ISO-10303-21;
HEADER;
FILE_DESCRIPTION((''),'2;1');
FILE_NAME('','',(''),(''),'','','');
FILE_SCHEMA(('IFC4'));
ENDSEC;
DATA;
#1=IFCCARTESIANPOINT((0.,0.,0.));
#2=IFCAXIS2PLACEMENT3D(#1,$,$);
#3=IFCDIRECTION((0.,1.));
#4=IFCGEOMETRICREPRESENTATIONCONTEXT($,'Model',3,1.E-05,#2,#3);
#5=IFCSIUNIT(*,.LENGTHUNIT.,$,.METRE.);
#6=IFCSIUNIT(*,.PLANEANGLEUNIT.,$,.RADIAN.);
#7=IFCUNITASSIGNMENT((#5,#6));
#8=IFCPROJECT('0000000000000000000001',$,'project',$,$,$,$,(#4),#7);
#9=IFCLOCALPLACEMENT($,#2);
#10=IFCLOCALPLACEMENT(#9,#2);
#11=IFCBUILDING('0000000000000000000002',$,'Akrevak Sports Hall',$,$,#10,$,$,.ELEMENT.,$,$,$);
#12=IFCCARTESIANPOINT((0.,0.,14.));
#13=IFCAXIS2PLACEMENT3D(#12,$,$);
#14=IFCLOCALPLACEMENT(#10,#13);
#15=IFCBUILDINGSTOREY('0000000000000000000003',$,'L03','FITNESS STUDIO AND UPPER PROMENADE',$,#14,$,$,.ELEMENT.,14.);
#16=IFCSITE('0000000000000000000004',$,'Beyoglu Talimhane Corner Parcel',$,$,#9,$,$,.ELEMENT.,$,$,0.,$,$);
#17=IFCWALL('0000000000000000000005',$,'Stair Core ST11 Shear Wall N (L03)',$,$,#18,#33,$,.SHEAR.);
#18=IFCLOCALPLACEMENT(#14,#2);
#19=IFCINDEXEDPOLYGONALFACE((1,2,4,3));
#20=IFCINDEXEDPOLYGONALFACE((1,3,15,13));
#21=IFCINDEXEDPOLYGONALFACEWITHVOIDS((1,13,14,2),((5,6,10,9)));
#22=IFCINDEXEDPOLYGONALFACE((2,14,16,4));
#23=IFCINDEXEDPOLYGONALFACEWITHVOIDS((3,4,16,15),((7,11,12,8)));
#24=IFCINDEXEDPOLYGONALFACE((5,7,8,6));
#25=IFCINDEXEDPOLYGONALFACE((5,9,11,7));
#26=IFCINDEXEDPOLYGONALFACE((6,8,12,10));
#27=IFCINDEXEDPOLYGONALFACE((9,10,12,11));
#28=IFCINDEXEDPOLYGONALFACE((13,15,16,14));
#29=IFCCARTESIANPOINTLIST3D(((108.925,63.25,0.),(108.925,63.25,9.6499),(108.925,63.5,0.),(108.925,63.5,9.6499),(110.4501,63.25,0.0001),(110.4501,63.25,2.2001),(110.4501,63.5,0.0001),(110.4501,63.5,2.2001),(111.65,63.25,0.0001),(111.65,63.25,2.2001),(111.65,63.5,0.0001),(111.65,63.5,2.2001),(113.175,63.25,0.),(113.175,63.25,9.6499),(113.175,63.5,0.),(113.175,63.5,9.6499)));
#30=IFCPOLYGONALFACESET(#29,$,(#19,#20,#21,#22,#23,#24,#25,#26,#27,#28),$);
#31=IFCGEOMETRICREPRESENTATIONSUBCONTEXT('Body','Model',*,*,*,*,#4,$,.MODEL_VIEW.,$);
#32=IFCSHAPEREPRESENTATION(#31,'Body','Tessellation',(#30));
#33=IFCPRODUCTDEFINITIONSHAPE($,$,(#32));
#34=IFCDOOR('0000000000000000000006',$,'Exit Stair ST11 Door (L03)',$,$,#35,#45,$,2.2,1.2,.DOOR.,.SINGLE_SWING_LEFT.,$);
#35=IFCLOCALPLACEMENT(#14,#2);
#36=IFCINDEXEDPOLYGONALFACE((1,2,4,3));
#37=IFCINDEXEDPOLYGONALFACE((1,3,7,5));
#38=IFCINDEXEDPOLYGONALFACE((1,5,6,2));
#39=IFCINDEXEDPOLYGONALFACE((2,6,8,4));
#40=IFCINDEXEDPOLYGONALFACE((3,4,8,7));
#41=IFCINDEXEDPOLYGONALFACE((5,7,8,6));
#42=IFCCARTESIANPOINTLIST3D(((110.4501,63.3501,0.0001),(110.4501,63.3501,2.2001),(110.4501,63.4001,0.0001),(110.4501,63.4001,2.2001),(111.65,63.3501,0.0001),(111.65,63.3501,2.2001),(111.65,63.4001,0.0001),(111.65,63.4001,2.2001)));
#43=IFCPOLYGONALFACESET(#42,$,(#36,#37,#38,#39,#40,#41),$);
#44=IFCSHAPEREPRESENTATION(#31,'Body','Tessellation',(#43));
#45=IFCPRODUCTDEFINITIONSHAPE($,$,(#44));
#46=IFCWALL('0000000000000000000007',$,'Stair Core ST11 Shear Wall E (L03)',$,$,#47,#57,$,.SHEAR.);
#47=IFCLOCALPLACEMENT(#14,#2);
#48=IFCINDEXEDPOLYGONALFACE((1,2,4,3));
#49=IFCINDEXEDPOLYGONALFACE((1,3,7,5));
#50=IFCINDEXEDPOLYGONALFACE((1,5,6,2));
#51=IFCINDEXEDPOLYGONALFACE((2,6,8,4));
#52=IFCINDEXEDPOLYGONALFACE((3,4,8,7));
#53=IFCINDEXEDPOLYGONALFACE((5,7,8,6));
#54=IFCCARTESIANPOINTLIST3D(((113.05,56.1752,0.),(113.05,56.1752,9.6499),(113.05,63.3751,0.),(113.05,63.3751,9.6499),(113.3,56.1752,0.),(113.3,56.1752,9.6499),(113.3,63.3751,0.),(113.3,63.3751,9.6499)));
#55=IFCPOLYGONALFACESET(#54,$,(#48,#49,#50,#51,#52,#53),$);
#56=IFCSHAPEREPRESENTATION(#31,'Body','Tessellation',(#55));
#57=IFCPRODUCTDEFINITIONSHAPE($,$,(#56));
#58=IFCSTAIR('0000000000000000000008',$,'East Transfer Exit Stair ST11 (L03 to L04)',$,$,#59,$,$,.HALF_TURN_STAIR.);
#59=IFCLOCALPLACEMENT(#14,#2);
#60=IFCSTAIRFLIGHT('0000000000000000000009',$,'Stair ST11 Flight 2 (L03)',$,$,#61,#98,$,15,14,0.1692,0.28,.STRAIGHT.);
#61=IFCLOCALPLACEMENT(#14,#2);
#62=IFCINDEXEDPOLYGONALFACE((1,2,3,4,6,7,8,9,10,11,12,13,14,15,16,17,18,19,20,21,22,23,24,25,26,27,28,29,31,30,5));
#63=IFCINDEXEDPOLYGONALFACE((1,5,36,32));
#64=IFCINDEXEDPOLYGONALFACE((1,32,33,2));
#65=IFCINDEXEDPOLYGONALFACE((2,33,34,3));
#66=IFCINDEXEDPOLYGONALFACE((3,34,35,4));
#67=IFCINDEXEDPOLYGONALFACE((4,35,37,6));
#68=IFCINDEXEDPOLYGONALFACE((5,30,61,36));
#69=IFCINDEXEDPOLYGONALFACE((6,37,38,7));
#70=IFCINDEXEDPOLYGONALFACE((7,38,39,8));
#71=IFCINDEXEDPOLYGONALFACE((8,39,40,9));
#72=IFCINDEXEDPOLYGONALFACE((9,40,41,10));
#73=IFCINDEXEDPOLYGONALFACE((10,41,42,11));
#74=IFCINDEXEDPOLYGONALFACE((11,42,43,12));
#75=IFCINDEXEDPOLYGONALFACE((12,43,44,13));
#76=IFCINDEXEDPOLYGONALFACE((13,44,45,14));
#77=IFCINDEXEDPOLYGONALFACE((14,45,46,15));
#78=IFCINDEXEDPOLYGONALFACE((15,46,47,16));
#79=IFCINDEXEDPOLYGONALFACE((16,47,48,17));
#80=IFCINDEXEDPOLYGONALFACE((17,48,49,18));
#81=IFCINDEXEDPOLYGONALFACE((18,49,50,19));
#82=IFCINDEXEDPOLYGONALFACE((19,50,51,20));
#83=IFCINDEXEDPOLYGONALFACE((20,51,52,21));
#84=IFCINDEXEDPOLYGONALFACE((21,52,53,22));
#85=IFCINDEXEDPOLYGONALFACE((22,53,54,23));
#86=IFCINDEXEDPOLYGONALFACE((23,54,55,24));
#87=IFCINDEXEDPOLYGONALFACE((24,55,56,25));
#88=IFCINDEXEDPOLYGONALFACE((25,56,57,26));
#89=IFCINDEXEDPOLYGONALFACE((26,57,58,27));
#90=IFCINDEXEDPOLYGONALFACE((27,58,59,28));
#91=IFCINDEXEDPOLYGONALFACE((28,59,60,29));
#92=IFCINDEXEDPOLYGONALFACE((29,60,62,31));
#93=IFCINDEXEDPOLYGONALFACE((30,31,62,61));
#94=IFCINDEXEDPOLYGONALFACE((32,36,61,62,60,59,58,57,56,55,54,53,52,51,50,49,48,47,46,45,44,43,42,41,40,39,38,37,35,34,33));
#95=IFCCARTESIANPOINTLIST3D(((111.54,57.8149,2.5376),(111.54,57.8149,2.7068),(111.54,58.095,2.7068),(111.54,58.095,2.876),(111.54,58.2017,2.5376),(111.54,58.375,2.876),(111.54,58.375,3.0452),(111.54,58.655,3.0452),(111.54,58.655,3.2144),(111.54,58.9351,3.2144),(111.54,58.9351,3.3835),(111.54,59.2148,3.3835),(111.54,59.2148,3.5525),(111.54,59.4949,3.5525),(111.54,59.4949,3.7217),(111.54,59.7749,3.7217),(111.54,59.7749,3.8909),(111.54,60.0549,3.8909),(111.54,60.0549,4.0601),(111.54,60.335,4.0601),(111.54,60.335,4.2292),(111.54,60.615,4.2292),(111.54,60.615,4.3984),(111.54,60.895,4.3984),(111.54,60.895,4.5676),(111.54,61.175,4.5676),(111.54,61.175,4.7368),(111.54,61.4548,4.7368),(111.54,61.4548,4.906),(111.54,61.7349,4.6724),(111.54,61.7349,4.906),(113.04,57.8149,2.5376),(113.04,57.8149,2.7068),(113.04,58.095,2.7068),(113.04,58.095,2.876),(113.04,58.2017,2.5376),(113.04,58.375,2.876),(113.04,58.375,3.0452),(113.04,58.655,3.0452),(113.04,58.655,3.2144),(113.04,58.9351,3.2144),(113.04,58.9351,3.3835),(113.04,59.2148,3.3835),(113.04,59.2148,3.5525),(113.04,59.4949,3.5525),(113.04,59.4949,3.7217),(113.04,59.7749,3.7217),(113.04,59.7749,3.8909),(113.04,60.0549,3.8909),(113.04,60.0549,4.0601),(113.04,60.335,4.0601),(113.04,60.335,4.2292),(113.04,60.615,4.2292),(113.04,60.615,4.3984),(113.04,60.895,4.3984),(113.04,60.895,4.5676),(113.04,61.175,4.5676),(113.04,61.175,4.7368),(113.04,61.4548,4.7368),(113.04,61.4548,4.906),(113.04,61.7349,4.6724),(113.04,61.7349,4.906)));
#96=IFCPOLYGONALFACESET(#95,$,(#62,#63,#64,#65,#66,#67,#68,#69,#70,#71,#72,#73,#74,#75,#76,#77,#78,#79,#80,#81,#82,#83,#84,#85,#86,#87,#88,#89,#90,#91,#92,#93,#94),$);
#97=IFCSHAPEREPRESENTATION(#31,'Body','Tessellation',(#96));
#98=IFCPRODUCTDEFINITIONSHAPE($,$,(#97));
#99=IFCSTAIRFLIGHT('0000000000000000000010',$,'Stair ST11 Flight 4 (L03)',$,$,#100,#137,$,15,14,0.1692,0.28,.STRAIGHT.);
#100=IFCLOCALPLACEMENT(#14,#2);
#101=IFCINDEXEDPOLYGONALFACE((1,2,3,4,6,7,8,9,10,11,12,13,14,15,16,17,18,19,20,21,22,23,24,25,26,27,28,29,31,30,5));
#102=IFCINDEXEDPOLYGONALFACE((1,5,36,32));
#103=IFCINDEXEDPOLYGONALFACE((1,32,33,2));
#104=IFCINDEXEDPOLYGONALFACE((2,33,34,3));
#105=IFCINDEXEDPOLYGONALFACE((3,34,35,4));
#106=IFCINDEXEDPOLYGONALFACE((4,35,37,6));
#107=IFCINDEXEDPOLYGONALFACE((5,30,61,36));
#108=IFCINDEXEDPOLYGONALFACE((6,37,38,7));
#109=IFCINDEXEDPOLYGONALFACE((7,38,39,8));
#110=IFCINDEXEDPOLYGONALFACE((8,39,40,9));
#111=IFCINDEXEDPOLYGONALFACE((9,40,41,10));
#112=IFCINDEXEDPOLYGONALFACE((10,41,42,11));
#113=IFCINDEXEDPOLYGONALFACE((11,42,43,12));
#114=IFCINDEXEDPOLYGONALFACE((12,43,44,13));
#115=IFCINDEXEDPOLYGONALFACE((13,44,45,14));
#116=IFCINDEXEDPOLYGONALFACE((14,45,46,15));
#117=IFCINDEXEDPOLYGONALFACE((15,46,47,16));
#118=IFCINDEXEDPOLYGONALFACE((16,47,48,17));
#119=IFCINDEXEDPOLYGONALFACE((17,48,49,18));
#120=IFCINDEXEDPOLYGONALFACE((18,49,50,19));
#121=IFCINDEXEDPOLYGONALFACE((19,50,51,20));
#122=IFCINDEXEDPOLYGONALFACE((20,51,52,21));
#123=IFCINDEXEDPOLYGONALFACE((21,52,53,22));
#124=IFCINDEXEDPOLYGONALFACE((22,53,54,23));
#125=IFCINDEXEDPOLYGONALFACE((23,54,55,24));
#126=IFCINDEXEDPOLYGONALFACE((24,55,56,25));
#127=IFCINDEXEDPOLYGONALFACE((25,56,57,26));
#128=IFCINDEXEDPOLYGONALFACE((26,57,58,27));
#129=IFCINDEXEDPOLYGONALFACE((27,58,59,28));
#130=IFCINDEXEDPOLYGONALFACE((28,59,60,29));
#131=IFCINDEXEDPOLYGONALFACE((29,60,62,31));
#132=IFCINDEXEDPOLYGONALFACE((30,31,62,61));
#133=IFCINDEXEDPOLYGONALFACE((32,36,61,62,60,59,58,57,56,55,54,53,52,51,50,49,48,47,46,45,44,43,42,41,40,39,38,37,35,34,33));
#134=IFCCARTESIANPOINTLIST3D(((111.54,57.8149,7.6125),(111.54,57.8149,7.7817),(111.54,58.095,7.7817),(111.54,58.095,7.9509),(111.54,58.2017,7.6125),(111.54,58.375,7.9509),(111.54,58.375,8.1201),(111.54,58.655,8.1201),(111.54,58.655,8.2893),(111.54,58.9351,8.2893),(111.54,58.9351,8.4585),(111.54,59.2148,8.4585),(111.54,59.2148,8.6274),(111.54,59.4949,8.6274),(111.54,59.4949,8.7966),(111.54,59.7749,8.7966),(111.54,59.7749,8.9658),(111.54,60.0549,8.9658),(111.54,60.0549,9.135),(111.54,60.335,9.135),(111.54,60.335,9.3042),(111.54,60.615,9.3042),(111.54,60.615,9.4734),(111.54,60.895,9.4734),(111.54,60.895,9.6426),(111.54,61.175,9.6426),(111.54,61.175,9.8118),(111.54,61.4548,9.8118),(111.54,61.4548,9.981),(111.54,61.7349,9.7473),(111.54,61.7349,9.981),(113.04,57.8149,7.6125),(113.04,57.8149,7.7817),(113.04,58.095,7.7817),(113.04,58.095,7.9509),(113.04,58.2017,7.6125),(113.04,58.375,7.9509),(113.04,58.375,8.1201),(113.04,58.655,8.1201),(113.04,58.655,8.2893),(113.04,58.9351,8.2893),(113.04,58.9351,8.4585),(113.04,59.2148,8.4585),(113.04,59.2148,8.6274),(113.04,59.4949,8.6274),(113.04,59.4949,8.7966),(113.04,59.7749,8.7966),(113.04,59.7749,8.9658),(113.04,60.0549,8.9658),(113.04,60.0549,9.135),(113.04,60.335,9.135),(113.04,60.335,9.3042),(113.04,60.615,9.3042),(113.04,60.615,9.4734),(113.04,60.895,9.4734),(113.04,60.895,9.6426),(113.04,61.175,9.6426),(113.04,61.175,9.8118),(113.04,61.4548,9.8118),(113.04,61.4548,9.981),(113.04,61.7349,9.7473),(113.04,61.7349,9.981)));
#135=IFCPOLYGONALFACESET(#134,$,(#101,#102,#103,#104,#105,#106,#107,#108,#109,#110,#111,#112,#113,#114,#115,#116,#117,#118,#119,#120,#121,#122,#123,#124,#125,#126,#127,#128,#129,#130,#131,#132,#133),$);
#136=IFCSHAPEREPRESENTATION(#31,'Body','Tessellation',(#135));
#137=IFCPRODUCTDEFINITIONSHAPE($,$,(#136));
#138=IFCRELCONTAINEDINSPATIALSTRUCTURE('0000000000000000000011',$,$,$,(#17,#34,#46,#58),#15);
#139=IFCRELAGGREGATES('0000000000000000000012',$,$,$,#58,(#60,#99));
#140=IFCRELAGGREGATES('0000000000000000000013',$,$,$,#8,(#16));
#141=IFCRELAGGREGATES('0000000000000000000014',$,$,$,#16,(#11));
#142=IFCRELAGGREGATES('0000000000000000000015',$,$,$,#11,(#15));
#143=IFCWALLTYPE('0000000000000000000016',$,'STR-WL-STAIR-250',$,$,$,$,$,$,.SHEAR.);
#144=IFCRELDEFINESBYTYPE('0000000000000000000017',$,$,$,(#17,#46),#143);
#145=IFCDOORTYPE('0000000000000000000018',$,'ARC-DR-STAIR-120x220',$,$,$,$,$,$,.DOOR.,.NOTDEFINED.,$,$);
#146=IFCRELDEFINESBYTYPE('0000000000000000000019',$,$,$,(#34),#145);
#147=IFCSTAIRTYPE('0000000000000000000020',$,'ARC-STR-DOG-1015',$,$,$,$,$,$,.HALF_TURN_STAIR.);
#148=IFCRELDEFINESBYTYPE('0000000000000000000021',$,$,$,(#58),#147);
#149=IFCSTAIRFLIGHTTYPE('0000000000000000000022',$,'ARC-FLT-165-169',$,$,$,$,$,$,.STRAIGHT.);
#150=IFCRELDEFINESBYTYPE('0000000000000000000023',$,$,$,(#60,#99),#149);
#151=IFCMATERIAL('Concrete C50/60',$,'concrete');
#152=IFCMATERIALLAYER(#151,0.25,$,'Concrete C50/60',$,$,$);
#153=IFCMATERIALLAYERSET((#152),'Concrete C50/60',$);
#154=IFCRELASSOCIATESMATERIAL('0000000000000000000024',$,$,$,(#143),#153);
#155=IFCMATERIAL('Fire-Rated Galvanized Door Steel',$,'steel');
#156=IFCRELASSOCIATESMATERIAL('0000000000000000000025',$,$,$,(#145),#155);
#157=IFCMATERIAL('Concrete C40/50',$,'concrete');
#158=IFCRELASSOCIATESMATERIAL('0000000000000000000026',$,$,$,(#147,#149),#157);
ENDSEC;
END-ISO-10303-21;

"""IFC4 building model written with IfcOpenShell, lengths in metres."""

from ifc_helpers import new_model, si_unit, direction, frame, frame_2d, origin, place, context, subcontext, project, spatial, polyline, rectangle, outline, extrude, material, layer, layer_set, type_object, element, fill, aggregate, save


model = new_model("IFC4")

# Units and contexts
model_context = context("Model", 3, precision=1e-05, world=origin(), true_north=direction((0.0, 1.0)))
body_context = subcontext(model_context, "Body", "Model", "MODEL_VIEW")
ifc_project = project(units=[si_unit("LENGTHUNIT", "METRE"), si_unit("PLANEANGLEUNIT", "RADIAN")], contexts=[model_context])

# Site, building, storey
site_placement = place(None, origin())
site = spatial("IfcSite", under=ifc_project, at=site_placement, Name="Beyoglu Talimhane Corner Parcel", CompositionType="ELEMENT", RefElevation=0.0)
building_placement = place(site_placement, origin())
building = spatial("IfcBuilding", under=site, at=building_placement, Name="Akrevak Sports Hall", CompositionType="ELEMENT")
storey_placement = place(building_placement, frame((0.0, 0.0, 14.0)))
storey = spatial("IfcBuildingStorey", under=building, at=storey_placement, Name="L03", Description="FITNESS STUDIO AND UPPER PROMENADE", CompositionType="ELEMENT", Elevation=14.0)

# Shared definitions
ifc_material_1 = material(Name="Concrete C50/60", Category="concrete")
ifc_material_2 = material(Name="Concrete C40/50", Category="concrete")

# Wall, opening, door
ifc_layer_1 = layer(ifc_material_1, 0.25, Name="Concrete C50/60")
ifc_layer_set_1 = layer_set([ifc_layer_1], Name="Concrete C50/60")
wall_type_1 = type_object("IfcWallType", Name="STR-WL-STAIR-250", PredefinedType="SHEAR", material=ifc_layer_set_1)
wall_1_placement = place(storey_placement, frame((113.175, 63.375, 0.0), z_axis=(0.0, 0.0, 1.0), x_axis=(-1.0, 0.0, 0.0)))
wall_1 = element("IfcWall", 1, at=wall_1_placement, inside=storey, type_object=wall_type_1, Name="Stair Core ST11 Shear Wall N (L03)", PredefinedType="SHEAR", context=body_context, shape_type="SweptSolid", body=[
    extrude(rectangle(XDim=4.25, YDim=0.25, at=frame_2d((2.125, 0.0))), origin(), (0.0, 0.0, 1.0), 9.6499),
])
opening_1_placement = place(wall_1_placement, frame((1.5249, 0.0, 0.0)))
opening_1 = element("IfcOpeningElement", 2, at=opening_1_placement, cuts=wall_1, PredefinedType="OPENING", context=body_context, shape_type="SweptSolid", body=[
    extrude(rectangle(XDim=1.2, YDim=2.2, at=frame_2d((0.6001, 1.1001))), frame((0.0, 0.137, 0.0), z_axis=(0.0, -1.0, 0.0), x_axis=(1.0, 0.0, 0.0)), (0.0, 0.0, 1.0), 0.2739),
])
ifc_material_3 = material(Name="Fire-Rated Galvanized Door Steel", Category="steel")
door_type_1 = type_object("IfcDoorType", Name="ARC-DR-STAIR-120x220", OperationType="NOTDEFINED", PredefinedType="DOOR", material=ifc_material_3)
door_1_placement = place(opening_1_placement, origin())
door_1 = element("IfcDoor", 3, at=door_1_placement, inside=storey, type_object=door_type_1, Name="Exit Stair ST11 Door (L03)", OperationType="SINGLE_SWING_LEFT", OverallHeight=2.2, OverallWidth=1.2, PredefinedType="DOOR", context=body_context, shape_type="SweptSolid", body=[
    extrude(rectangle(XDim=1.2, YDim=2.2, at=frame_2d((0.6001, 1.1001))), frame((0.0, 0.0249, 0.0), z_axis=(0.0, -1.0, 0.0), x_axis=(1.0, 0.0, 0.0)), (0.0, 0.0, 1.0), 0.05),
])
fill(opening_1, door_1)

# Wall
wall_2_placement = place(storey_placement, frame((113.175, 56.175, 0.0), z_axis=(0.0, 0.0, 1.0), x_axis=(0.0, 1.0, 0.0)))
element("IfcWall", 4, at=wall_2_placement, inside=storey, type_object=wall_type_1, Name="Stair Core ST11 Shear Wall E (L03)", PredefinedType="SHEAR", context=body_context, shape_type="SweptSolid", body=[
    extrude(rectangle(XDim=7.2, YDim=0.25, at=frame_2d((3.6001, 0.0))), origin(), (0.0, 0.0, 1.0), 9.6499),
])

# Stair, stair flights
stair_type = type_object("IfcStairType", Name="ARC-STR-DOG-1015", PredefinedType="HALF_TURN_STAIR", material=ifc_material_2)
stair_placement = place(storey_placement, origin())
stair = element("IfcStair", 5, at=stair_placement, inside=storey, type_object=stair_type, Name="East Transfer Exit Stair ST11 (L03 to L04)", PredefinedType="HALF_TURN_STAIR")
stair_flight_type = type_object("IfcStairFlightType", Name="ARC-FLT-165-169", PredefinedType="STRAIGHT", material=ifc_material_2)
stair_flight_1_placement = place(storey_placement, frame((112.29, 57.8149, 2.5376), z_axis=(0.0, 0.0, 1.0), x_axis=(0.0, 1.0, 0.0)))
stair_flight_1 = element("IfcStairFlight", 6, at=stair_flight_1_placement, type_object=stair_flight_type, Name="Stair ST11 Flight 2 (L03)", NumberOfRisers=15, NumberOfTreads=14, PredefinedType="STRAIGHT", RiserHeight=0.1692, TreadLength=0.28, context=body_context, shape_type="SweptSolid", body=[
    extrude(outline(polyline([(0.0, 0.0), (0.0, 0.1692), (0.28, 0.1692), (0.28, 0.3384), (0.5601, 0.3384), (0.5601, 0.5076), (0.8401, 0.5076), (0.8401, 0.6768), (1.1201, 0.6768), (1.1201, 0.8459), (1.3999, 0.8459), (1.3999, 1.0149), (1.6799, 1.0149), (1.6799, 1.1841), (1.96, 1.1841), (1.96, 1.3533), (2.24, 1.3533), (2.24, 1.5225), (2.52, 1.5225), (2.52, 1.6917), (2.8, 1.6917), (2.8, 1.8608), (3.0801, 1.8608), (3.0801, 2.03), (3.3601, 2.03), (3.3601, 2.1992), (3.6399, 2.1992), (3.6399, 2.3684), (3.9199, 2.3684), (3.9199, 2.5376), (3.9199, 2.1348), (0.3867, 0.0), (0.0, 0.0)])), frame((0.0, 0.75, 0.0), z_axis=(0.0, -1.0, 0.0), x_axis=(1.0, 0.0, 0.0)), (0.0, 0.0, 1.0), 1.5),
])
stair_flight_2_placement = place(storey_placement, frame((112.29, 57.8149, 7.6125), z_axis=(0.0, 0.0, 1.0), x_axis=(0.0, 1.0, 0.0)))
stair_flight_2 = element("IfcStairFlight", 7, at=stair_flight_2_placement, type_object=stair_flight_type, Name="Stair ST11 Flight 4 (L03)", NumberOfRisers=15, NumberOfTreads=14, PredefinedType="STRAIGHT", RiserHeight=0.1692, TreadLength=0.28, context=body_context, shape_type="SweptSolid", body=[
    extrude(outline(polyline([(0.0, 0.0), (0.0, 0.1692), (0.28, 0.1692), (0.28, 0.3384), (0.5601, 0.3384), (0.5601, 0.5076), (0.8401, 0.5076), (0.8401, 0.6768), (1.1201, 0.6768), (1.1201, 0.8459), (1.3999, 0.8459), (1.3999, 1.0149), (1.6799, 1.0149), (1.6799, 1.1841), (1.96, 1.1841), (1.96, 1.3533), (2.24, 1.3533), (2.24, 1.5225), (2.52, 1.5225), (2.52, 1.6917), (2.8, 1.6917), (2.8, 1.8608), (3.0801, 1.8608), (3.0801, 2.03), (3.3601, 2.03), (3.3601, 2.1992), (3.6399, 2.1992), (3.6399, 2.3684), (3.9199, 2.3684), (3.9199, 2.5376), (3.9199, 2.1348), (0.3867, 0.0), (0.0, 0.0)])), frame((0.0, 0.75, 0.0), z_axis=(0.0, -1.0, 0.0), x_axis=(1.0, 0.0, 0.0)), (0.0, 0.0, 1.0), 1.5),
])
aggregate(stair, [stair_flight_1, stair_flight_2])

save(model, "model.ifc")
